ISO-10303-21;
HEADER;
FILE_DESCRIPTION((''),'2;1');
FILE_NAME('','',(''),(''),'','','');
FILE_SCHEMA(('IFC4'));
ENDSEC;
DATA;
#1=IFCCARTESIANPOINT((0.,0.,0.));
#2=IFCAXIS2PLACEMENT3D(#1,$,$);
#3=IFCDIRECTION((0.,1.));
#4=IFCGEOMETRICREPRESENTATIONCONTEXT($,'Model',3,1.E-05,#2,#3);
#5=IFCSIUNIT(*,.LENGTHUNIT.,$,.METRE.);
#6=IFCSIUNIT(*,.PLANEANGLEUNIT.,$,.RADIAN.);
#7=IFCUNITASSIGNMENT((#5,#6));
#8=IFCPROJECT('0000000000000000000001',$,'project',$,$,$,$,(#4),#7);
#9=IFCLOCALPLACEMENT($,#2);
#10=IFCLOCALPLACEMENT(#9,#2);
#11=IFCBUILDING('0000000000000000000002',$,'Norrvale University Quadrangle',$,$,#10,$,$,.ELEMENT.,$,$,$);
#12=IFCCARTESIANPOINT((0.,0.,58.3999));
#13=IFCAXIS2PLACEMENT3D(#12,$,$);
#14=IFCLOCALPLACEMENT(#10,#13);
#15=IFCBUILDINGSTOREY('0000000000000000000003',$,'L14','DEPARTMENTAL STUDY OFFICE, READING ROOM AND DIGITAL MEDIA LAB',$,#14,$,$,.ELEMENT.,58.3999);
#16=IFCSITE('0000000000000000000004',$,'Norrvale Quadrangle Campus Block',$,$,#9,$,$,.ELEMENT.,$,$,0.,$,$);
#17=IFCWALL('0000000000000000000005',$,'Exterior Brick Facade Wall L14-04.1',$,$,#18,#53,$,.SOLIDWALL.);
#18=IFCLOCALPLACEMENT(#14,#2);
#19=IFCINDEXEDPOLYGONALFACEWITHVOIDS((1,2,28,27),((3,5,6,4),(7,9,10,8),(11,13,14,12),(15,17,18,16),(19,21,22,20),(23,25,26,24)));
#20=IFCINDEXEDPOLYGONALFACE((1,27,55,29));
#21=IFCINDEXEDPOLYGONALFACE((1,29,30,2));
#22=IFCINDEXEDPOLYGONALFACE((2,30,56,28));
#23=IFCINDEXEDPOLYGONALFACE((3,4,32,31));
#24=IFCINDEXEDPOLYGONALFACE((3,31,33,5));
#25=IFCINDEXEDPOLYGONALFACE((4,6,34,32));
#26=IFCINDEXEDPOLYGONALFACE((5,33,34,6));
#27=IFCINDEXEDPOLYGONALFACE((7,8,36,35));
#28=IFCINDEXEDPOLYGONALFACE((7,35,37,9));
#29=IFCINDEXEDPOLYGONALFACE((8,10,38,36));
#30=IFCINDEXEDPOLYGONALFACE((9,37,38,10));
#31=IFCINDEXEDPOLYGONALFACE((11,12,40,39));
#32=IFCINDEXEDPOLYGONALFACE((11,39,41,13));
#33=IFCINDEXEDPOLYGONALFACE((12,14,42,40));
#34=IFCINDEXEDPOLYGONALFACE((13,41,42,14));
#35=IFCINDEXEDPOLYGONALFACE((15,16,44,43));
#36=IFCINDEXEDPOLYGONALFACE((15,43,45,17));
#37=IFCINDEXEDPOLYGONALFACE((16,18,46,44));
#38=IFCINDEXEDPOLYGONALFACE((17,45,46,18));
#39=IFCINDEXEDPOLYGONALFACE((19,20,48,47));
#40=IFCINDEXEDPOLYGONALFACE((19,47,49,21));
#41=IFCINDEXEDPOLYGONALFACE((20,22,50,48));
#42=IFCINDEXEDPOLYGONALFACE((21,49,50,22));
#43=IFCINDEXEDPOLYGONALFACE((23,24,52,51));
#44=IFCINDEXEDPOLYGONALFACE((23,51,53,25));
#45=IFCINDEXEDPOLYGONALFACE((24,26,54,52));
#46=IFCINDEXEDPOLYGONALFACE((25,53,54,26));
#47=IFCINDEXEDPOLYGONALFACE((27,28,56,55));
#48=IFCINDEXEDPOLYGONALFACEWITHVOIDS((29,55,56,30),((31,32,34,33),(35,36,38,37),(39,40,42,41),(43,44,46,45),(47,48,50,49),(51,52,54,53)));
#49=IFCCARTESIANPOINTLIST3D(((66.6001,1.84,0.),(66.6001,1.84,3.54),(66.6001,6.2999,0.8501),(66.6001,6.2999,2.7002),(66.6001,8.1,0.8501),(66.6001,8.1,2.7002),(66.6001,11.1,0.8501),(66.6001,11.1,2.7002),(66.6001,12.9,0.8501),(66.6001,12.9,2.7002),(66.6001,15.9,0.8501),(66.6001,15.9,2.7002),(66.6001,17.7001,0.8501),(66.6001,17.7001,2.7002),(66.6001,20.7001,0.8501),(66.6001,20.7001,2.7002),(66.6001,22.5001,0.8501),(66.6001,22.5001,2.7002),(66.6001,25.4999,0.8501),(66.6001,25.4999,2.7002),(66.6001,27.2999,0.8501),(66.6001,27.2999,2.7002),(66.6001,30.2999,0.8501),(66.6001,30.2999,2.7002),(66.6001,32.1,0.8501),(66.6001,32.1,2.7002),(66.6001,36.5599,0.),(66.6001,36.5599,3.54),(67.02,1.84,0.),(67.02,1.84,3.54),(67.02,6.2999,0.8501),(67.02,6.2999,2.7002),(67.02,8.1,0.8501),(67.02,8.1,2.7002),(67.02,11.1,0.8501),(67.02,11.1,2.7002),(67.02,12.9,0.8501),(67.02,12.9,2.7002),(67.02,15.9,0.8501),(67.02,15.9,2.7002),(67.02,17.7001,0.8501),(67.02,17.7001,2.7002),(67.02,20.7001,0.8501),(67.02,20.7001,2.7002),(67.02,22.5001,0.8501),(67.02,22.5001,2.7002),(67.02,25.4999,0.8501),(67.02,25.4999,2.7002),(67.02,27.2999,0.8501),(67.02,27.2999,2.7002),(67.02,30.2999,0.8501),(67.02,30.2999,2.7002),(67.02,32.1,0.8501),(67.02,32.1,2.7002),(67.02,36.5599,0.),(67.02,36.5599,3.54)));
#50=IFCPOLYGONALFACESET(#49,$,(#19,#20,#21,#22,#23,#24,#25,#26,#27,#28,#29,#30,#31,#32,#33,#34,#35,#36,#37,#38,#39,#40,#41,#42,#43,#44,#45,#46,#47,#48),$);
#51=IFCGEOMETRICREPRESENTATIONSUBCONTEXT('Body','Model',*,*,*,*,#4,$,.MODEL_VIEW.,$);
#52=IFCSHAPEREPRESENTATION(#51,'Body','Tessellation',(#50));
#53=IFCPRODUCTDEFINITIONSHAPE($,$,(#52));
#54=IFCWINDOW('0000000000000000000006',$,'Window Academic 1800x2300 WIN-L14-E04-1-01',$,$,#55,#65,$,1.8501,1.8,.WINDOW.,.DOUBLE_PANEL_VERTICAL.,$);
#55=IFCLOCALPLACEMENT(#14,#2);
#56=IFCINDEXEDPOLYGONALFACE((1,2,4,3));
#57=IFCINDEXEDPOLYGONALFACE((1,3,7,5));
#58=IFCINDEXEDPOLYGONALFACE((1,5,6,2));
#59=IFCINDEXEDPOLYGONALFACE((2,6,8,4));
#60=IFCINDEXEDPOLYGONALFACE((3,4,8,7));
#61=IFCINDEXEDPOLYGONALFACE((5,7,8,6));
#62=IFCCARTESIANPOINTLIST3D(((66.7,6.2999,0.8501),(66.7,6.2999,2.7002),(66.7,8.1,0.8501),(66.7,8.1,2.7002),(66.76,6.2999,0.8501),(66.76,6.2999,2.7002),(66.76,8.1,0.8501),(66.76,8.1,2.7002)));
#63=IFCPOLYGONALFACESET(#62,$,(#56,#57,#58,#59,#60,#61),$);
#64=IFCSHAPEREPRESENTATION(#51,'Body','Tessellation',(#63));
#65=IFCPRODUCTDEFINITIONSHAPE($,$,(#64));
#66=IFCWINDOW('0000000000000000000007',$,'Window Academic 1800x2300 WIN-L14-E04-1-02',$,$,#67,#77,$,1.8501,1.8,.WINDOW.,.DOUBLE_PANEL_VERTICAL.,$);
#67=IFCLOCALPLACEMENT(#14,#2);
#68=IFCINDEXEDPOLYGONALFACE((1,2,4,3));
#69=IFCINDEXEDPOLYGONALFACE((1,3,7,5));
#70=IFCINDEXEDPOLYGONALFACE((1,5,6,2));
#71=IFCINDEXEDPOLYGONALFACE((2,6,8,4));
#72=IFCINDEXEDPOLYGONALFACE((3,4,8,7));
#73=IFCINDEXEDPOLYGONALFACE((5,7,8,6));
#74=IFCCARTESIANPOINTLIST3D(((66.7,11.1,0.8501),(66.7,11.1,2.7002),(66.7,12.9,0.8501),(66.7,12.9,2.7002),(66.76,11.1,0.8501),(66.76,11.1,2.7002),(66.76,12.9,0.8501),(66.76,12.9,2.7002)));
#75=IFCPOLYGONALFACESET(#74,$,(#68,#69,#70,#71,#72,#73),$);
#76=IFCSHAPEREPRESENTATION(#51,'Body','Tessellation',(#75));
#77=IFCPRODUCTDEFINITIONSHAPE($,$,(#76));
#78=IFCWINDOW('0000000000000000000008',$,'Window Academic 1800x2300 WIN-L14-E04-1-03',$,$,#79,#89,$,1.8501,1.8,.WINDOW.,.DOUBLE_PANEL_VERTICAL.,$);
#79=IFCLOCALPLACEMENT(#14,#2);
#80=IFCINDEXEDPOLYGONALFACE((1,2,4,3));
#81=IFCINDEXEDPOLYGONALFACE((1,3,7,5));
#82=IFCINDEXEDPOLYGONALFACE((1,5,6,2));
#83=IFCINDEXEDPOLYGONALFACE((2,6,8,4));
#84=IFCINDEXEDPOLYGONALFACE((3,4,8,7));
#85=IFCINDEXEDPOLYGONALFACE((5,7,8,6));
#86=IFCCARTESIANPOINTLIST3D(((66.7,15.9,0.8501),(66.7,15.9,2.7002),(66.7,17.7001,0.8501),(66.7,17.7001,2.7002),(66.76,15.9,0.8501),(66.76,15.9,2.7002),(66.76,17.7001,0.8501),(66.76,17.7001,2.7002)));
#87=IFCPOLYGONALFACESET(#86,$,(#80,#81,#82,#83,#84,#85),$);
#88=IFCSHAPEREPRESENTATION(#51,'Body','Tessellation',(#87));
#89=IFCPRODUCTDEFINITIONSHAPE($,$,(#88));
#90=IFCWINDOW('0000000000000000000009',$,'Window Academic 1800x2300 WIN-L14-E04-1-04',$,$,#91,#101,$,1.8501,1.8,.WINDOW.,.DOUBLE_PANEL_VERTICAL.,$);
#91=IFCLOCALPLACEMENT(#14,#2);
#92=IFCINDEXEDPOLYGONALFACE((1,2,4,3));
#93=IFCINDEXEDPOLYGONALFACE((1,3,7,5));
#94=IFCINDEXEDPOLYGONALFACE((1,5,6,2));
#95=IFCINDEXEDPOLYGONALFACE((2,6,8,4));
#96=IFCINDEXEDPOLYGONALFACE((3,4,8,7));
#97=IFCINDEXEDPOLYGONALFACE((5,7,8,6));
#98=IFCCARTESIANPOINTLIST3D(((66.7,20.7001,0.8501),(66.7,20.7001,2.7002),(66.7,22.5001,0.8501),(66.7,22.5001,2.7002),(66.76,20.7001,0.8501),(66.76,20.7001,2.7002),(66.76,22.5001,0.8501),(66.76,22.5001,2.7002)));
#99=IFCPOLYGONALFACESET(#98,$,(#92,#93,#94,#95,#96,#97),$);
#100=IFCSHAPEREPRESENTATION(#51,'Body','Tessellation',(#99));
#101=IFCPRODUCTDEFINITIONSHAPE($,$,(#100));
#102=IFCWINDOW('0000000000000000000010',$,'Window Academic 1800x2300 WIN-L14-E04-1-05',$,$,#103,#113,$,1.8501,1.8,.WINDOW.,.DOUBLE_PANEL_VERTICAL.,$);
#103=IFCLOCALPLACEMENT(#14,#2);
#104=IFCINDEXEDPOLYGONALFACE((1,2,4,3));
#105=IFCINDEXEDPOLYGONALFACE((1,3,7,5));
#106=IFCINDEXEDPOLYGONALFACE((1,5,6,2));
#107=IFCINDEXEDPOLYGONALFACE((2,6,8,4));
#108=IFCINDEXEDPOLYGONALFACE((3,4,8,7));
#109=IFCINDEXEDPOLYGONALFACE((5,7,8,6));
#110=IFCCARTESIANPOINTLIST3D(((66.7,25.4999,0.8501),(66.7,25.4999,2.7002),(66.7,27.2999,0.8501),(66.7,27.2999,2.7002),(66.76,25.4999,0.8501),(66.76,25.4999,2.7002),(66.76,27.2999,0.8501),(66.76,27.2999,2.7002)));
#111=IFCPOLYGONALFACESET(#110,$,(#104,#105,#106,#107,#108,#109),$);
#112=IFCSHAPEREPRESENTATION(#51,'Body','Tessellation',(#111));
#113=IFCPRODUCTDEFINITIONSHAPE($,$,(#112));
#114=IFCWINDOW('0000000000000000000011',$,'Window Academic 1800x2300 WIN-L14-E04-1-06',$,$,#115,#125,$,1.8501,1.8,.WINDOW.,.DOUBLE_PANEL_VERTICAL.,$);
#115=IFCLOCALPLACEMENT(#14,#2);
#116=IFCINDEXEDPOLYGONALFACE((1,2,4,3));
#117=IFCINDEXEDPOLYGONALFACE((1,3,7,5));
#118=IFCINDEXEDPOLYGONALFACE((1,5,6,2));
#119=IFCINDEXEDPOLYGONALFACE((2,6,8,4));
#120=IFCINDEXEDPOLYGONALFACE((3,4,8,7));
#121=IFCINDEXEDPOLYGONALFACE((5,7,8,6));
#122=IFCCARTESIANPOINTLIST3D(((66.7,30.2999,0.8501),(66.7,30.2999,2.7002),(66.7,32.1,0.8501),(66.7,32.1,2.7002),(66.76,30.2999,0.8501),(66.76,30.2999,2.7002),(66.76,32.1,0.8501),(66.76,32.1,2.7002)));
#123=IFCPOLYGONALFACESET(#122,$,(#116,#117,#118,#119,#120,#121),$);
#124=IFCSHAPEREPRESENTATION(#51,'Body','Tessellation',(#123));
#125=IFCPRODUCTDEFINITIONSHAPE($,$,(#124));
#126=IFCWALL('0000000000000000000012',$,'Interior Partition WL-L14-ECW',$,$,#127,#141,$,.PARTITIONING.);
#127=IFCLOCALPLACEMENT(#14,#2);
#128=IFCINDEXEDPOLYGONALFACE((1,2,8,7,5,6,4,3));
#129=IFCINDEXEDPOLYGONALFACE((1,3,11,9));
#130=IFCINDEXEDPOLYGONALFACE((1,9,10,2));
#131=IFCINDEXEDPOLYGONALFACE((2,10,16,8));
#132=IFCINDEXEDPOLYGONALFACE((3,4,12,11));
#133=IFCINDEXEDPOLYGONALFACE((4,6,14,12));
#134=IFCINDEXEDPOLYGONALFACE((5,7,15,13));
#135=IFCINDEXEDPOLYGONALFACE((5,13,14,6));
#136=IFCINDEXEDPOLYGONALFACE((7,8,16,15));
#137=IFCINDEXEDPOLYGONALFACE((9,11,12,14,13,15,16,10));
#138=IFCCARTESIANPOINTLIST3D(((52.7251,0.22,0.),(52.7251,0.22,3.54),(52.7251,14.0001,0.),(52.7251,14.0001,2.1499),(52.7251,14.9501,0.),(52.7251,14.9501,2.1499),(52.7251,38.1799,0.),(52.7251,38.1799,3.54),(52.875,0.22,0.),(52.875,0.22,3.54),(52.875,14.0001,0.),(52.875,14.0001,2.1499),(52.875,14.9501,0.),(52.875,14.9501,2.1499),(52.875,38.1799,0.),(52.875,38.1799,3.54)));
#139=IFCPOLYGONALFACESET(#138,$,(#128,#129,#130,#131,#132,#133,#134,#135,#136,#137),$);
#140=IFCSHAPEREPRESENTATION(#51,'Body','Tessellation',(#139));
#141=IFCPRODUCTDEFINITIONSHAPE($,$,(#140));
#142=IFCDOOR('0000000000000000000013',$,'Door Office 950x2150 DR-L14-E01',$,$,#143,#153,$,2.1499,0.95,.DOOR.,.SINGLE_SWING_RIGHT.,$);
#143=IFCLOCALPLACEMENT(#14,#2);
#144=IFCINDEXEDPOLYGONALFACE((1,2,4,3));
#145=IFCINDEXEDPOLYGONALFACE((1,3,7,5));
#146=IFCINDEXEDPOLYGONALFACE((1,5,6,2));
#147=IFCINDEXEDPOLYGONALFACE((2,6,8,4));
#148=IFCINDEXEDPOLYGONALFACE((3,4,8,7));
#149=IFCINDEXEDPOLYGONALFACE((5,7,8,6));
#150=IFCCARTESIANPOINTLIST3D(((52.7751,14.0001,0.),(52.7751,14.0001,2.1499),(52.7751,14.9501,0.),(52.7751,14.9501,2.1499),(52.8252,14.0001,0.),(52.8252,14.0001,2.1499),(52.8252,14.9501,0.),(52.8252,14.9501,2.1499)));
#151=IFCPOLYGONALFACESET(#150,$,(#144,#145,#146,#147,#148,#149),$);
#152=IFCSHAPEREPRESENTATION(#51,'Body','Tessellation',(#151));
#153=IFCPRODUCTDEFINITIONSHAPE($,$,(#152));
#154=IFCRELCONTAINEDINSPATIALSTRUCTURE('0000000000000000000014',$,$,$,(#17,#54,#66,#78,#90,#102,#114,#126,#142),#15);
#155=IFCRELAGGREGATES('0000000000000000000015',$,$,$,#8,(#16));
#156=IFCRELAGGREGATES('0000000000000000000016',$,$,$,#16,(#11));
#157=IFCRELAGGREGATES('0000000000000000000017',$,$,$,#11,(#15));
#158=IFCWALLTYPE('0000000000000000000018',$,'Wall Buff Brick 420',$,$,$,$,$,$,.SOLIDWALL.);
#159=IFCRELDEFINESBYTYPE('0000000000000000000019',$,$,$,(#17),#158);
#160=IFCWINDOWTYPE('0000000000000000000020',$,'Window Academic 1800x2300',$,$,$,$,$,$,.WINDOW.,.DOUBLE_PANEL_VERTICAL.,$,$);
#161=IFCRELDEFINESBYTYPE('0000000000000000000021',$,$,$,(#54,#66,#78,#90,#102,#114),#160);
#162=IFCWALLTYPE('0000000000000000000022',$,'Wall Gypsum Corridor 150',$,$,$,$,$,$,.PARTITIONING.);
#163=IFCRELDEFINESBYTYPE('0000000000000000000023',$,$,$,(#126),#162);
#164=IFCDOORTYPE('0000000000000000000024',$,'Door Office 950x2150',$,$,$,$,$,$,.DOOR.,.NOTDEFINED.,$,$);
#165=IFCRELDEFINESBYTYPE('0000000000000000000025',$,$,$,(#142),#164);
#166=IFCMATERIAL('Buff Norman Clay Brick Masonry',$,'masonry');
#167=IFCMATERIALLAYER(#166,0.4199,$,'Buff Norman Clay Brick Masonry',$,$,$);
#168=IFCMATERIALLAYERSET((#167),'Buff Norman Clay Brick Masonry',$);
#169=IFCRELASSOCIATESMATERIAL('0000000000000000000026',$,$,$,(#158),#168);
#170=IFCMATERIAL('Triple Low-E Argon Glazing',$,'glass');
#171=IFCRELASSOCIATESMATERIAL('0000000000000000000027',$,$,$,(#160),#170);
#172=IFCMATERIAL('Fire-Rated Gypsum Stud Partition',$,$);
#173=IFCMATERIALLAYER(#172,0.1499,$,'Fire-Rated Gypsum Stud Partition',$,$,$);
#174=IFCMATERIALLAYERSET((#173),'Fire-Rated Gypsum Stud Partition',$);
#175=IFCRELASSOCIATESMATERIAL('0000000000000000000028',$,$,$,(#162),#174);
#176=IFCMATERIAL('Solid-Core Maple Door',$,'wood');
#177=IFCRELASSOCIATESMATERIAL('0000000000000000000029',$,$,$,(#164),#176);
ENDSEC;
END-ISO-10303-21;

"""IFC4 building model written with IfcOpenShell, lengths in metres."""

from ifc_helpers import new_model, si_unit, direction, frame, frame_2d, origin, place, context, subcontext, project, spatial, rectangle, extrude, material, layer, layer_set, type_object, element, fill, save


model = new_model("IFC4")

# Units and contexts
model_context = context("Model", 3, precision=1e-05, world=origin(), true_north=direction((0.0, 1.0)))
body_context = subcontext(model_context, "Body", "Model", "MODEL_VIEW")
ifc_project = project(units=[si_unit("LENGTHUNIT", "METRE"), si_unit("PLANEANGLEUNIT", "RADIAN")], contexts=[model_context])

# Site, building, storey
site_placement = place(None, origin())
site = spatial("IfcSite", under=ifc_project, at=site_placement, Name="Norrvale Quadrangle Campus Block", CompositionType="ELEMENT", RefElevation=0.0)
building_placement = place(site_placement, origin())
building = spatial("IfcBuilding", under=site, at=building_placement, Name="Norrvale University Quadrangle", CompositionType="ELEMENT")
storey_placement = place(building_placement, frame((0.0, 0.0, 58.3999)))
storey = spatial("IfcBuildingStorey", under=building, at=storey_placement, Name="L14", Description="DEPARTMENTAL STUDY OFFICE, READING ROOM AND DIGITAL MEDIA LAB", CompositionType="ELEMENT", Elevation=58.3999)

# Shared definitions
ifc_material_1 = material(Name="Buff Norman Clay Brick Masonry", Category="masonry")
ifc_layer_1 = layer(ifc_material_1, 0.4199, Name="Buff Norman Clay Brick Masonry")
ifc_layer_set_1 = layer_set([ifc_layer_1], Name="Buff Norman Clay Brick Masonry")
wall_type_1 = type_object("IfcWallType", Name="Wall Buff Brick 420", PredefinedType="SOLIDWALL", material=ifc_layer_set_1)

# Wall, openings, windows
wall_1_placement = place(storey_placement, frame((66.8101, 1.8401, 0.0), z_axis=(0.0, 0.0, 1.0), x_axis=(0.0, 1.0, 0.0)))
wall_1 = element("IfcWall", 1, at=wall_1_placement, inside=storey, type_object=wall_type_1, Name="Exterior Brick Facade Wall L14-04.1", PredefinedType="SOLIDWALL", context=body_context, shape_type="SweptSolid", body=[
    extrude(rectangle(XDim=34.72, YDim=0.4199, at=frame_2d((17.3599, 0.0))), origin(), (0.0, 0.0, 1.0), 3.54),
])
opening_1_placement = place(wall_1_placement, frame((4.46, 0.0, 0.8501)))
opening_1 = element("IfcOpeningElement", 2, at=opening_1_placement, cuts=wall_1, PredefinedType="OPENING", context=body_context, shape_type="SweptSolid", body=[
    extrude(rectangle(XDim=1.8, YDim=1.8501, at=frame_2d((0.8999, 0.925))), frame((0.0, 0.2219, 0.0), z_axis=(0.0, -1.0, 0.0), x_axis=(1.0, 0.0, 0.0)), (0.0, 0.0, 1.0), 0.4438),
])
opening_2_placement = place(wall_1_placement, frame((9.26, 0.0, 0.8501)))
opening_2 = element("IfcOpeningElement", 3, at=opening_2_placement, cuts=wall_1, PredefinedType="OPENING", context=body_context, shape_type="SweptSolid", body=[
    extrude(rectangle(XDim=1.8, YDim=1.8501, at=frame_2d((0.8999, 0.925))), frame((0.0, 0.2219, 0.0), z_axis=(0.0, -1.0, 0.0), x_axis=(1.0, 0.0, 0.0)), (0.0, 0.0, 1.0), 0.4438),
])
opening_3_placement = place(wall_1_placement, frame((14.0601, 0.0, 0.8501)))
opening_3 = element("IfcOpeningElement", 4, at=opening_3_placement, cuts=wall_1, PredefinedType="OPENING", context=body_context, shape_type="SweptSolid", body=[
    extrude(rectangle(XDim=1.8, YDim=1.8501, at=frame_2d((0.8999, 0.925))), frame((0.0, 0.2219, 0.0), z_axis=(0.0, -1.0, 0.0), x_axis=(1.0, 0.0, 0.0)), (0.0, 0.0, 1.0), 0.4438),
])
opening_4_placement = place(wall_1_placement, frame((18.8601, 0.0, 0.8501)))
opening_4 = element("IfcOpeningElement", 5, at=opening_4_placement, cuts=wall_1, PredefinedType="OPENING", context=body_context, shape_type="SweptSolid", body=[
    extrude(rectangle(XDim=1.8, YDim=1.8501, at=frame_2d((0.8999, 0.925))), frame((0.0, 0.2219, 0.0), z_axis=(0.0, -1.0, 0.0), x_axis=(1.0, 0.0, 0.0)), (0.0, 0.0, 1.0), 0.4438),
])
opening_5_placement = place(wall_1_placement, frame((23.6599, 0.0, 0.8501)))
opening_5 = element("IfcOpeningElement", 6, at=opening_5_placement, cuts=wall_1, PredefinedType="OPENING", context=body_context, shape_type="SweptSolid", body=[
    extrude(rectangle(XDim=1.8, YDim=1.8501, at=frame_2d((0.8999, 0.925))), frame((0.0, 0.2219, 0.0), z_axis=(0.0, -1.0, 0.0), x_axis=(1.0, 0.0, 0.0)), (0.0, 0.0, 1.0), 0.4438),
])
opening_6_placement = place(wall_1_placement, frame((28.46, 0.0, 0.8501)))
opening_6 = element("IfcOpeningElement", 7, at=opening_6_placement, cuts=wall_1, PredefinedType="OPENING", context=body_context, shape_type="SweptSolid", body=[
    extrude(rectangle(XDim=1.8, YDim=1.8501, at=frame_2d((0.8999, 0.925))), frame((0.0, 0.2219, 0.0), z_axis=(0.0, -1.0, 0.0), x_axis=(1.0, 0.0, 0.0)), (0.0, 0.0, 1.0), 0.4438),
])
ifc_material_2 = material(Name="Triple Low-E Argon Glazing", Category="glass")
window_type = type_object("IfcWindowType", Name="Window Academic 1800x2300", PartitioningType="DOUBLE_PANEL_VERTICAL", PredefinedType="WINDOW", material=ifc_material_2)
window_1_placement = place(opening_1_placement, origin())
window_1 = element("IfcWindow", 8, at=window_1_placement, inside=storey, type_object=window_type, Name="Window Academic 1800x2300 WIN-L14-E04-1-01", OverallHeight=1.8501, OverallWidth=1.8, PartitioningType="DOUBLE_PANEL_VERTICAL", PredefinedType="WINDOW", context=body_context, shape_type="SweptSolid", body=[
    extrude(rectangle(XDim=1.8, YDim=1.8501, at=frame_2d((0.8999, 0.925))), frame((0.0, 0.1101, 0.0), z_axis=(0.0, -1.0, 0.0), x_axis=(1.0, 0.0, 0.0)), (0.0, 0.0, 1.0), 0.0601),
])
fill(opening_1, window_1)
window_2_placement = place(opening_2_placement, origin())
window_2 = element("IfcWindow", 9, at=window_2_placement, inside=storey, type_object=window_type, Name="Window Academic 1800x2300 WIN-L14-E04-1-02", OverallHeight=1.8501, OverallWidth=1.8, PartitioningType="DOUBLE_PANEL_VERTICAL", PredefinedType="WINDOW", context=body_context, shape_type="SweptSolid", body=[
    extrude(rectangle(XDim=1.8, YDim=1.8501, at=frame_2d((0.8999, 0.925))), frame((0.0, 0.1101, 0.0), z_axis=(0.0, -1.0, 0.0), x_axis=(1.0, 0.0, 0.0)), (0.0, 0.0, 1.0), 0.0601),
])
fill(opening_2, window_2)
window_3_placement = place(opening_3_placement, origin())
window_3 = element("IfcWindow", 10, at=window_3_placement, inside=storey, type_object=window_type, Name="Window Academic 1800x2300 WIN-L14-E04-1-03", OverallHeight=1.8501, OverallWidth=1.8, PartitioningType="DOUBLE_PANEL_VERTICAL", PredefinedType="WINDOW", context=body_context, shape_type="SweptSolid", body=[
    extrude(rectangle(XDim=1.8, YDim=1.8501, at=frame_2d((0.8999, 0.925))), frame((0.0, 0.1101, 0.0), z_axis=(0.0, -1.0, 0.0), x_axis=(1.0, 0.0, 0.0)), (0.0, 0.0, 1.0), 0.0601),
])
fill(opening_3, window_3)
window_4_placement = place(opening_4_placement, origin())
window_4 = element("IfcWindow", 11, at=window_4_placement, inside=storey, type_object=window_type, Name="Window Academic 1800x2300 WIN-L14-E04-1-04", OverallHeight=1.8501, OverallWidth=1.8, PartitioningType="DOUBLE_PANEL_VERTICAL", PredefinedType="WINDOW", context=body_context, shape_type="SweptSolid", body=[
    extrude(rectangle(XDim=1.8, YDim=1.8501, at=frame_2d((0.8999, 0.925))), frame((0.0, 0.1101, 0.0), z_axis=(0.0, -1.0, 0.0), x_axis=(1.0, 0.0, 0.0)), (0.0, 0.0, 1.0), 0.0601),
])
fill(opening_4, window_4)
window_5_placement = place(opening_5_placement, origin())
window_5 = element("IfcWindow", 12, at=window_5_placement, inside=storey, type_object=window_type, Name="Window Academic 1800x2300 WIN-L14-E04-1-05", OverallHeight=1.8501, OverallWidth=1.8, PartitioningType="DOUBLE_PANEL_VERTICAL", PredefinedType="WINDOW", context=body_context, shape_type="SweptSolid", body=[
    extrude(rectangle(XDim=1.8, YDim=1.8501, at=frame_2d((0.8999, 0.925))), frame((0.0, 0.1101, 0.0), z_axis=(0.0, -1.0, 0.0), x_axis=(1.0, 0.0, 0.0)), (0.0, 0.0, 1.0), 0.0601),
])
fill(opening_5, window_5)
window_6_placement = place(opening_6_placement, origin())
window_6 = element("IfcWindow", 13, at=window_6_placement, inside=storey, type_object=window_type, Name="Window Academic 1800x2300 WIN-L14-E04-1-06", OverallHeight=1.8501, OverallWidth=1.8, PartitioningType="DOUBLE_PANEL_VERTICAL", PredefinedType="WINDOW", context=body_context, shape_type="SweptSolid", body=[
    extrude(rectangle(XDim=1.8, YDim=1.8501, at=frame_2d((0.8999, 0.925))), frame((0.0, 0.1101, 0.0), z_axis=(0.0, -1.0, 0.0), x_axis=(1.0, 0.0, 0.0)), (0.0, 0.0, 1.0), 0.0601),
])
fill(opening_6, window_6)

# Wall, opening, door
ifc_material_3 = material(Name="Fire-Rated Gypsum Stud Partition")
ifc_layer_2 = layer(ifc_material_3, 0.1499, Name="Fire-Rated Gypsum Stud Partition")
ifc_layer_set_2 = layer_set([ifc_layer_2], Name="Fire-Rated Gypsum Stud Partition")
wall_type_2 = type_object("IfcWallType", Name="Wall Gypsum Corridor 150", PredefinedType="PARTITIONING", material=ifc_layer_set_2)
wall_2_placement = place(storey_placement, frame((52.8, 0.22, 0.0), z_axis=(0.0, 0.0, 1.0), x_axis=(0.0, 1.0, 0.0)))
wall_2 = element("IfcWall", 14, at=wall_2_placement, inside=storey, type_object=wall_type_2, Name="Interior Partition WL-L14-ECW", PredefinedType="PARTITIONING", context=body_context, shape_type="SweptSolid", body=[
    extrude(rectangle(XDim=37.96, YDim=0.1499, at=frame_2d((18.98, 0.0))), origin(), (0.0, 0.0, 1.0), 3.54),
])
opening_7_placement = place(wall_2_placement, frame((13.78, 0.0, 0.0)))
opening_7 = element("IfcOpeningElement", 15, at=opening_7_placement, cuts=wall_2, PredefinedType="OPENING", context=body_context, shape_type="SweptSolid", body=[
    extrude(rectangle(XDim=0.95, YDim=2.1499, at=frame_2d((0.4751, 1.075))), frame((0.0, 0.0869, 0.0), z_axis=(0.0, -1.0, 0.0), x_axis=(1.0, 0.0, 0.0)), (0.0, 0.0, 1.0), 0.1738),
])
ifc_material_4 = material(Name="Solid-Core Maple Door", Category="wood")
door_type = type_object("IfcDoorType", Name="Door Office 950x2150", OperationType="NOTDEFINED", PredefinedType="DOOR", material=ifc_material_4)
door_placement = place(opening_7_placement, origin())
door = element("IfcDoor", 16, at=door_placement, inside=storey, type_object=door_type, Name="Door Office 950x2150 DR-L14-E01", OperationType="SINGLE_SWING_RIGHT", OverallHeight=2.1499, OverallWidth=0.95, PredefinedType="DOOR", context=body_context, shape_type="SweptSolid", body=[
    extrude(rectangle(XDim=0.95, YDim=2.1499, at=frame_2d((0.4751, 1.075))), frame((0.0, 0.0249, 0.0), z_axis=(0.0, -1.0, 0.0), x_axis=(1.0, 0.0, 0.0)), (0.0, 0.0, 1.0), 0.05),
])
fill(opening_7, door)

save(model, "model.ifc")
